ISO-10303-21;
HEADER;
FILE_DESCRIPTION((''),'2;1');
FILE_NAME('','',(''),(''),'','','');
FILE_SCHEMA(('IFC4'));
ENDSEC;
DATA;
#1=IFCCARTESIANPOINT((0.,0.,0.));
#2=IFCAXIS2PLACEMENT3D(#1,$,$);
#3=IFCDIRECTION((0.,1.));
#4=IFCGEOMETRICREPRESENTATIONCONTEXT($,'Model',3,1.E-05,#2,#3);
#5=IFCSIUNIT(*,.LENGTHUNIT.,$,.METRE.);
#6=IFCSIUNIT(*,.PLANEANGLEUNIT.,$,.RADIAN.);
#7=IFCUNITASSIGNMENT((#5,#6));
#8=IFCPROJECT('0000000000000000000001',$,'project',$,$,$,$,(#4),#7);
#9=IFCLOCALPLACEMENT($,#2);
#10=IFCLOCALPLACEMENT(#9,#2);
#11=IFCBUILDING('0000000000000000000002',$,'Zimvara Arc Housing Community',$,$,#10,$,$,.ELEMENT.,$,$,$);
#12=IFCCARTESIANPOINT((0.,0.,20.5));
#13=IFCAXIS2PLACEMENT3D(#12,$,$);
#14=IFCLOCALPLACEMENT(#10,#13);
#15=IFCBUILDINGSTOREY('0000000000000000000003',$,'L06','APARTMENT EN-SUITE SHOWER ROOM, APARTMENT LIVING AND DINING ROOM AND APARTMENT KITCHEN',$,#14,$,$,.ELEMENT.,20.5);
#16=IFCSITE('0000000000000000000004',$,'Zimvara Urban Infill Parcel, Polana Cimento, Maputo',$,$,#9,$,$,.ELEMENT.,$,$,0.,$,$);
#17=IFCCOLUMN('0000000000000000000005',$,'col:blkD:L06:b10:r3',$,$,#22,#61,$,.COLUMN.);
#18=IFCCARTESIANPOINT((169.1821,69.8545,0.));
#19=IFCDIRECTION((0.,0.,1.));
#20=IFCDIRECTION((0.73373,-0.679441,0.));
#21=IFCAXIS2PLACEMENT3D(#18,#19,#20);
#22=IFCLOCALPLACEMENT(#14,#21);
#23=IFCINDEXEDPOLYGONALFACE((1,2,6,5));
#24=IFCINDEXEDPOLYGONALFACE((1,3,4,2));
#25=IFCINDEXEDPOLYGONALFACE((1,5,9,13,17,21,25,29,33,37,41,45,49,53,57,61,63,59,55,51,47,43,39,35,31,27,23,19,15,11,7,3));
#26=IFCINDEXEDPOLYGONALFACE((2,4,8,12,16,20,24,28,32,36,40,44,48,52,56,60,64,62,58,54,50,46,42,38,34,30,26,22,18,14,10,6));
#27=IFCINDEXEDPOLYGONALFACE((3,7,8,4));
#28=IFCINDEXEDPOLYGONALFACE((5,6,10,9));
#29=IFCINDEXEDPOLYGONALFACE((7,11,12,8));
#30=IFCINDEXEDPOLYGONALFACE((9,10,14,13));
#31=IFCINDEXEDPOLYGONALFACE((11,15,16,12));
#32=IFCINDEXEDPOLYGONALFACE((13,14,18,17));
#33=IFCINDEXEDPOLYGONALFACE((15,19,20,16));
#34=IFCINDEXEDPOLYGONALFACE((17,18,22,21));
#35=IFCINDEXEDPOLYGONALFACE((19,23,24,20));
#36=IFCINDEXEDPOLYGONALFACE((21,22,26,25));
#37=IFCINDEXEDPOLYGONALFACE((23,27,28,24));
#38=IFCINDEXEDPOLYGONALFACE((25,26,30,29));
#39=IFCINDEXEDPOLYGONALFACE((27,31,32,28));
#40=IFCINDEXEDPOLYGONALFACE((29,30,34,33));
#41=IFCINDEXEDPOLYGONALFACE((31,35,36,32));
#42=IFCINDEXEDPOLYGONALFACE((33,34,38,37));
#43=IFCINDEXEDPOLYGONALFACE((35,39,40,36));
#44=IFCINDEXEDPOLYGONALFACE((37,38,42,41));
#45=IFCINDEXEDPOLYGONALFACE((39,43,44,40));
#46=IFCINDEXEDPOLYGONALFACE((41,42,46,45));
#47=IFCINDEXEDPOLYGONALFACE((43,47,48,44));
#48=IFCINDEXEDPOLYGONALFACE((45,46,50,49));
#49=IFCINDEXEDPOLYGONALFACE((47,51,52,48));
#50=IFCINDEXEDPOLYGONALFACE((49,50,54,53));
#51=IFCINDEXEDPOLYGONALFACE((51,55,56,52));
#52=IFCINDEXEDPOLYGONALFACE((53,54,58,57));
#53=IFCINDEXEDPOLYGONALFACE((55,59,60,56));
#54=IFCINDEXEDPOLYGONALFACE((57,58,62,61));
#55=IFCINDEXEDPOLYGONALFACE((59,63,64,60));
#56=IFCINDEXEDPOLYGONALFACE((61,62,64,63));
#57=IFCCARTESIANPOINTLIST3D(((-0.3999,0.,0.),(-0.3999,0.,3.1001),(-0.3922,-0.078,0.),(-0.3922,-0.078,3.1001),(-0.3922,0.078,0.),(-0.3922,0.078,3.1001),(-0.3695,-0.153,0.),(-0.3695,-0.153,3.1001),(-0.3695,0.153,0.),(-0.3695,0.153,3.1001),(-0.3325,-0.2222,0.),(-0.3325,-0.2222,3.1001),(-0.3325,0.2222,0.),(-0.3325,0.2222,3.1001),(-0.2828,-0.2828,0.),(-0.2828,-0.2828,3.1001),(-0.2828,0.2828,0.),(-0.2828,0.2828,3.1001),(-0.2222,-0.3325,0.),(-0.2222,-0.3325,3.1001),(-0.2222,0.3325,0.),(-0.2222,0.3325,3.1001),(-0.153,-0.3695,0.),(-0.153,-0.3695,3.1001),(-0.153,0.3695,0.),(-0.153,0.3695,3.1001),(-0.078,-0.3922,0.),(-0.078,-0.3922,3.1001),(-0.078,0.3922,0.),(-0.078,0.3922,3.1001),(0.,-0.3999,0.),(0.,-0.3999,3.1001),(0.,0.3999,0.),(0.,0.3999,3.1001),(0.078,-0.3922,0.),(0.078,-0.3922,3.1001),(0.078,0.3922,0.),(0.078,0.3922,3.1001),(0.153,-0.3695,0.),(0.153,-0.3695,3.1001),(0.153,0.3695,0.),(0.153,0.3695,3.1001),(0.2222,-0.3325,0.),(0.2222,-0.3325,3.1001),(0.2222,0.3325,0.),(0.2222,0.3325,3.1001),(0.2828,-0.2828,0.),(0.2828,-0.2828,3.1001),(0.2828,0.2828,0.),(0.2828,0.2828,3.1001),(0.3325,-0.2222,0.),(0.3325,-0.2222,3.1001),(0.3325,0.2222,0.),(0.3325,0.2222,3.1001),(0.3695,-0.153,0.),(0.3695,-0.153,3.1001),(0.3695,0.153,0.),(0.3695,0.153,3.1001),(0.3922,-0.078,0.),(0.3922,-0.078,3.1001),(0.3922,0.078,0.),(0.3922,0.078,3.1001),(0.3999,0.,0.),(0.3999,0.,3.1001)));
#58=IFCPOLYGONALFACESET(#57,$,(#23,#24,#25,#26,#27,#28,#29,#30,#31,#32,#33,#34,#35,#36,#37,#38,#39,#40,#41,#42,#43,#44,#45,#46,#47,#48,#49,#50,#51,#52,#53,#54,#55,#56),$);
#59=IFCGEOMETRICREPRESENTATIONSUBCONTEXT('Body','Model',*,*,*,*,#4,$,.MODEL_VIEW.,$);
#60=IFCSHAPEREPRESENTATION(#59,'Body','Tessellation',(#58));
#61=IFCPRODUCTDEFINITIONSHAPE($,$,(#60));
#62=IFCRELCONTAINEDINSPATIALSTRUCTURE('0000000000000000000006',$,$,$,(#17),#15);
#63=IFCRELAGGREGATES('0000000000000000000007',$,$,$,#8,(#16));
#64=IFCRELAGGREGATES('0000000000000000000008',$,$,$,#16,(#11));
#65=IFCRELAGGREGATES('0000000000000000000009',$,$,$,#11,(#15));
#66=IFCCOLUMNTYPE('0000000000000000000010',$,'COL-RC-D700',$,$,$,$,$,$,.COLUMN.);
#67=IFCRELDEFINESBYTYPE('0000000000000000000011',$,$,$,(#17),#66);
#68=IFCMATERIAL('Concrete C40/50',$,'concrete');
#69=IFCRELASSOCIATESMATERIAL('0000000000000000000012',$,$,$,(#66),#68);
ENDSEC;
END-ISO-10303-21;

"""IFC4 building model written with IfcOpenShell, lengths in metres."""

from ifc_helpers import new_model, si_unit, direction, frame, origin, origin_2d, place, context, subcontext, project, spatial, circle, extrude, material, material_profile, profile_set, type_object, element, save


model = new_model("IFC4")

# Units and contexts
model_context = context("Model", 3, precision=1e-05, world=origin(), true_north=direction((0.0, 1.0)))
body_context = subcontext(model_context, "Body", "Model", "MODEL_VIEW")
ifc_project = project(units=[si_unit("LENGTHUNIT", "METRE"), si_unit("PLANEANGLEUNIT", "RADIAN")], contexts=[model_context])

# Site, building, storey
site_placement = place(None, origin())
site = spatial("IfcSite", under=ifc_project, at=site_placement, Name="Zimvara Urban Infill Parcel, Polana Cimento, Maputo", CompositionType="ELEMENT", RefElevation=0.0)
building_placement = place(site_placement, origin())
building = spatial("IfcBuilding", under=site, at=building_placement, Name="Zimvara Arc Housing Community", CompositionType="ELEMENT")
storey_placement = place(building_placement, frame((0.0, 0.0, 20.5)))
storey = spatial("IfcBuildingStorey", under=building, at=storey_placement, Name="L06", Description="APARTMENT EN-SUITE SHOWER ROOM, APARTMENT LIVING AND DINING ROOM AND APARTMENT KITCHEN", CompositionType="ELEMENT", Elevation=20.5)

# Column
ifc_material_1 = material(Name="Concrete C40/50", Category="concrete")
ifc_material_profile_1 = material_profile(ifc_material_1, circle(Radius=0.3999, at=origin_2d()), Name="RC D800")
ifc_profile_set_1 = profile_set([ifc_material_profile_1], Name="Concrete C40/50")
column_type_1 = type_object("IfcColumnType", Name="COL-RC-D700", PredefinedType="COLUMN", material=ifc_profile_set_1)
column_1_placement = place(storey_placement, frame((169.1821, 69.8545, 0.0), z_axis=(0.0, 0.0, 1.0), x_axis=(0.73373, -0.679441, 0.0)))
element("IfcColumn", 1, at=column_1_placement, inside=storey, type_object=column_type_1, Name="col:blkD:L06:b10:r3", PredefinedType="COLUMN", context=body_context, shape_type="SweptSolid", body=[
    extrude(circle(Radius=0.3999, at=origin_2d()), origin(), (0.0, 0.0, 1.0), 3.1001),
])

save(model, "model.ifc")
